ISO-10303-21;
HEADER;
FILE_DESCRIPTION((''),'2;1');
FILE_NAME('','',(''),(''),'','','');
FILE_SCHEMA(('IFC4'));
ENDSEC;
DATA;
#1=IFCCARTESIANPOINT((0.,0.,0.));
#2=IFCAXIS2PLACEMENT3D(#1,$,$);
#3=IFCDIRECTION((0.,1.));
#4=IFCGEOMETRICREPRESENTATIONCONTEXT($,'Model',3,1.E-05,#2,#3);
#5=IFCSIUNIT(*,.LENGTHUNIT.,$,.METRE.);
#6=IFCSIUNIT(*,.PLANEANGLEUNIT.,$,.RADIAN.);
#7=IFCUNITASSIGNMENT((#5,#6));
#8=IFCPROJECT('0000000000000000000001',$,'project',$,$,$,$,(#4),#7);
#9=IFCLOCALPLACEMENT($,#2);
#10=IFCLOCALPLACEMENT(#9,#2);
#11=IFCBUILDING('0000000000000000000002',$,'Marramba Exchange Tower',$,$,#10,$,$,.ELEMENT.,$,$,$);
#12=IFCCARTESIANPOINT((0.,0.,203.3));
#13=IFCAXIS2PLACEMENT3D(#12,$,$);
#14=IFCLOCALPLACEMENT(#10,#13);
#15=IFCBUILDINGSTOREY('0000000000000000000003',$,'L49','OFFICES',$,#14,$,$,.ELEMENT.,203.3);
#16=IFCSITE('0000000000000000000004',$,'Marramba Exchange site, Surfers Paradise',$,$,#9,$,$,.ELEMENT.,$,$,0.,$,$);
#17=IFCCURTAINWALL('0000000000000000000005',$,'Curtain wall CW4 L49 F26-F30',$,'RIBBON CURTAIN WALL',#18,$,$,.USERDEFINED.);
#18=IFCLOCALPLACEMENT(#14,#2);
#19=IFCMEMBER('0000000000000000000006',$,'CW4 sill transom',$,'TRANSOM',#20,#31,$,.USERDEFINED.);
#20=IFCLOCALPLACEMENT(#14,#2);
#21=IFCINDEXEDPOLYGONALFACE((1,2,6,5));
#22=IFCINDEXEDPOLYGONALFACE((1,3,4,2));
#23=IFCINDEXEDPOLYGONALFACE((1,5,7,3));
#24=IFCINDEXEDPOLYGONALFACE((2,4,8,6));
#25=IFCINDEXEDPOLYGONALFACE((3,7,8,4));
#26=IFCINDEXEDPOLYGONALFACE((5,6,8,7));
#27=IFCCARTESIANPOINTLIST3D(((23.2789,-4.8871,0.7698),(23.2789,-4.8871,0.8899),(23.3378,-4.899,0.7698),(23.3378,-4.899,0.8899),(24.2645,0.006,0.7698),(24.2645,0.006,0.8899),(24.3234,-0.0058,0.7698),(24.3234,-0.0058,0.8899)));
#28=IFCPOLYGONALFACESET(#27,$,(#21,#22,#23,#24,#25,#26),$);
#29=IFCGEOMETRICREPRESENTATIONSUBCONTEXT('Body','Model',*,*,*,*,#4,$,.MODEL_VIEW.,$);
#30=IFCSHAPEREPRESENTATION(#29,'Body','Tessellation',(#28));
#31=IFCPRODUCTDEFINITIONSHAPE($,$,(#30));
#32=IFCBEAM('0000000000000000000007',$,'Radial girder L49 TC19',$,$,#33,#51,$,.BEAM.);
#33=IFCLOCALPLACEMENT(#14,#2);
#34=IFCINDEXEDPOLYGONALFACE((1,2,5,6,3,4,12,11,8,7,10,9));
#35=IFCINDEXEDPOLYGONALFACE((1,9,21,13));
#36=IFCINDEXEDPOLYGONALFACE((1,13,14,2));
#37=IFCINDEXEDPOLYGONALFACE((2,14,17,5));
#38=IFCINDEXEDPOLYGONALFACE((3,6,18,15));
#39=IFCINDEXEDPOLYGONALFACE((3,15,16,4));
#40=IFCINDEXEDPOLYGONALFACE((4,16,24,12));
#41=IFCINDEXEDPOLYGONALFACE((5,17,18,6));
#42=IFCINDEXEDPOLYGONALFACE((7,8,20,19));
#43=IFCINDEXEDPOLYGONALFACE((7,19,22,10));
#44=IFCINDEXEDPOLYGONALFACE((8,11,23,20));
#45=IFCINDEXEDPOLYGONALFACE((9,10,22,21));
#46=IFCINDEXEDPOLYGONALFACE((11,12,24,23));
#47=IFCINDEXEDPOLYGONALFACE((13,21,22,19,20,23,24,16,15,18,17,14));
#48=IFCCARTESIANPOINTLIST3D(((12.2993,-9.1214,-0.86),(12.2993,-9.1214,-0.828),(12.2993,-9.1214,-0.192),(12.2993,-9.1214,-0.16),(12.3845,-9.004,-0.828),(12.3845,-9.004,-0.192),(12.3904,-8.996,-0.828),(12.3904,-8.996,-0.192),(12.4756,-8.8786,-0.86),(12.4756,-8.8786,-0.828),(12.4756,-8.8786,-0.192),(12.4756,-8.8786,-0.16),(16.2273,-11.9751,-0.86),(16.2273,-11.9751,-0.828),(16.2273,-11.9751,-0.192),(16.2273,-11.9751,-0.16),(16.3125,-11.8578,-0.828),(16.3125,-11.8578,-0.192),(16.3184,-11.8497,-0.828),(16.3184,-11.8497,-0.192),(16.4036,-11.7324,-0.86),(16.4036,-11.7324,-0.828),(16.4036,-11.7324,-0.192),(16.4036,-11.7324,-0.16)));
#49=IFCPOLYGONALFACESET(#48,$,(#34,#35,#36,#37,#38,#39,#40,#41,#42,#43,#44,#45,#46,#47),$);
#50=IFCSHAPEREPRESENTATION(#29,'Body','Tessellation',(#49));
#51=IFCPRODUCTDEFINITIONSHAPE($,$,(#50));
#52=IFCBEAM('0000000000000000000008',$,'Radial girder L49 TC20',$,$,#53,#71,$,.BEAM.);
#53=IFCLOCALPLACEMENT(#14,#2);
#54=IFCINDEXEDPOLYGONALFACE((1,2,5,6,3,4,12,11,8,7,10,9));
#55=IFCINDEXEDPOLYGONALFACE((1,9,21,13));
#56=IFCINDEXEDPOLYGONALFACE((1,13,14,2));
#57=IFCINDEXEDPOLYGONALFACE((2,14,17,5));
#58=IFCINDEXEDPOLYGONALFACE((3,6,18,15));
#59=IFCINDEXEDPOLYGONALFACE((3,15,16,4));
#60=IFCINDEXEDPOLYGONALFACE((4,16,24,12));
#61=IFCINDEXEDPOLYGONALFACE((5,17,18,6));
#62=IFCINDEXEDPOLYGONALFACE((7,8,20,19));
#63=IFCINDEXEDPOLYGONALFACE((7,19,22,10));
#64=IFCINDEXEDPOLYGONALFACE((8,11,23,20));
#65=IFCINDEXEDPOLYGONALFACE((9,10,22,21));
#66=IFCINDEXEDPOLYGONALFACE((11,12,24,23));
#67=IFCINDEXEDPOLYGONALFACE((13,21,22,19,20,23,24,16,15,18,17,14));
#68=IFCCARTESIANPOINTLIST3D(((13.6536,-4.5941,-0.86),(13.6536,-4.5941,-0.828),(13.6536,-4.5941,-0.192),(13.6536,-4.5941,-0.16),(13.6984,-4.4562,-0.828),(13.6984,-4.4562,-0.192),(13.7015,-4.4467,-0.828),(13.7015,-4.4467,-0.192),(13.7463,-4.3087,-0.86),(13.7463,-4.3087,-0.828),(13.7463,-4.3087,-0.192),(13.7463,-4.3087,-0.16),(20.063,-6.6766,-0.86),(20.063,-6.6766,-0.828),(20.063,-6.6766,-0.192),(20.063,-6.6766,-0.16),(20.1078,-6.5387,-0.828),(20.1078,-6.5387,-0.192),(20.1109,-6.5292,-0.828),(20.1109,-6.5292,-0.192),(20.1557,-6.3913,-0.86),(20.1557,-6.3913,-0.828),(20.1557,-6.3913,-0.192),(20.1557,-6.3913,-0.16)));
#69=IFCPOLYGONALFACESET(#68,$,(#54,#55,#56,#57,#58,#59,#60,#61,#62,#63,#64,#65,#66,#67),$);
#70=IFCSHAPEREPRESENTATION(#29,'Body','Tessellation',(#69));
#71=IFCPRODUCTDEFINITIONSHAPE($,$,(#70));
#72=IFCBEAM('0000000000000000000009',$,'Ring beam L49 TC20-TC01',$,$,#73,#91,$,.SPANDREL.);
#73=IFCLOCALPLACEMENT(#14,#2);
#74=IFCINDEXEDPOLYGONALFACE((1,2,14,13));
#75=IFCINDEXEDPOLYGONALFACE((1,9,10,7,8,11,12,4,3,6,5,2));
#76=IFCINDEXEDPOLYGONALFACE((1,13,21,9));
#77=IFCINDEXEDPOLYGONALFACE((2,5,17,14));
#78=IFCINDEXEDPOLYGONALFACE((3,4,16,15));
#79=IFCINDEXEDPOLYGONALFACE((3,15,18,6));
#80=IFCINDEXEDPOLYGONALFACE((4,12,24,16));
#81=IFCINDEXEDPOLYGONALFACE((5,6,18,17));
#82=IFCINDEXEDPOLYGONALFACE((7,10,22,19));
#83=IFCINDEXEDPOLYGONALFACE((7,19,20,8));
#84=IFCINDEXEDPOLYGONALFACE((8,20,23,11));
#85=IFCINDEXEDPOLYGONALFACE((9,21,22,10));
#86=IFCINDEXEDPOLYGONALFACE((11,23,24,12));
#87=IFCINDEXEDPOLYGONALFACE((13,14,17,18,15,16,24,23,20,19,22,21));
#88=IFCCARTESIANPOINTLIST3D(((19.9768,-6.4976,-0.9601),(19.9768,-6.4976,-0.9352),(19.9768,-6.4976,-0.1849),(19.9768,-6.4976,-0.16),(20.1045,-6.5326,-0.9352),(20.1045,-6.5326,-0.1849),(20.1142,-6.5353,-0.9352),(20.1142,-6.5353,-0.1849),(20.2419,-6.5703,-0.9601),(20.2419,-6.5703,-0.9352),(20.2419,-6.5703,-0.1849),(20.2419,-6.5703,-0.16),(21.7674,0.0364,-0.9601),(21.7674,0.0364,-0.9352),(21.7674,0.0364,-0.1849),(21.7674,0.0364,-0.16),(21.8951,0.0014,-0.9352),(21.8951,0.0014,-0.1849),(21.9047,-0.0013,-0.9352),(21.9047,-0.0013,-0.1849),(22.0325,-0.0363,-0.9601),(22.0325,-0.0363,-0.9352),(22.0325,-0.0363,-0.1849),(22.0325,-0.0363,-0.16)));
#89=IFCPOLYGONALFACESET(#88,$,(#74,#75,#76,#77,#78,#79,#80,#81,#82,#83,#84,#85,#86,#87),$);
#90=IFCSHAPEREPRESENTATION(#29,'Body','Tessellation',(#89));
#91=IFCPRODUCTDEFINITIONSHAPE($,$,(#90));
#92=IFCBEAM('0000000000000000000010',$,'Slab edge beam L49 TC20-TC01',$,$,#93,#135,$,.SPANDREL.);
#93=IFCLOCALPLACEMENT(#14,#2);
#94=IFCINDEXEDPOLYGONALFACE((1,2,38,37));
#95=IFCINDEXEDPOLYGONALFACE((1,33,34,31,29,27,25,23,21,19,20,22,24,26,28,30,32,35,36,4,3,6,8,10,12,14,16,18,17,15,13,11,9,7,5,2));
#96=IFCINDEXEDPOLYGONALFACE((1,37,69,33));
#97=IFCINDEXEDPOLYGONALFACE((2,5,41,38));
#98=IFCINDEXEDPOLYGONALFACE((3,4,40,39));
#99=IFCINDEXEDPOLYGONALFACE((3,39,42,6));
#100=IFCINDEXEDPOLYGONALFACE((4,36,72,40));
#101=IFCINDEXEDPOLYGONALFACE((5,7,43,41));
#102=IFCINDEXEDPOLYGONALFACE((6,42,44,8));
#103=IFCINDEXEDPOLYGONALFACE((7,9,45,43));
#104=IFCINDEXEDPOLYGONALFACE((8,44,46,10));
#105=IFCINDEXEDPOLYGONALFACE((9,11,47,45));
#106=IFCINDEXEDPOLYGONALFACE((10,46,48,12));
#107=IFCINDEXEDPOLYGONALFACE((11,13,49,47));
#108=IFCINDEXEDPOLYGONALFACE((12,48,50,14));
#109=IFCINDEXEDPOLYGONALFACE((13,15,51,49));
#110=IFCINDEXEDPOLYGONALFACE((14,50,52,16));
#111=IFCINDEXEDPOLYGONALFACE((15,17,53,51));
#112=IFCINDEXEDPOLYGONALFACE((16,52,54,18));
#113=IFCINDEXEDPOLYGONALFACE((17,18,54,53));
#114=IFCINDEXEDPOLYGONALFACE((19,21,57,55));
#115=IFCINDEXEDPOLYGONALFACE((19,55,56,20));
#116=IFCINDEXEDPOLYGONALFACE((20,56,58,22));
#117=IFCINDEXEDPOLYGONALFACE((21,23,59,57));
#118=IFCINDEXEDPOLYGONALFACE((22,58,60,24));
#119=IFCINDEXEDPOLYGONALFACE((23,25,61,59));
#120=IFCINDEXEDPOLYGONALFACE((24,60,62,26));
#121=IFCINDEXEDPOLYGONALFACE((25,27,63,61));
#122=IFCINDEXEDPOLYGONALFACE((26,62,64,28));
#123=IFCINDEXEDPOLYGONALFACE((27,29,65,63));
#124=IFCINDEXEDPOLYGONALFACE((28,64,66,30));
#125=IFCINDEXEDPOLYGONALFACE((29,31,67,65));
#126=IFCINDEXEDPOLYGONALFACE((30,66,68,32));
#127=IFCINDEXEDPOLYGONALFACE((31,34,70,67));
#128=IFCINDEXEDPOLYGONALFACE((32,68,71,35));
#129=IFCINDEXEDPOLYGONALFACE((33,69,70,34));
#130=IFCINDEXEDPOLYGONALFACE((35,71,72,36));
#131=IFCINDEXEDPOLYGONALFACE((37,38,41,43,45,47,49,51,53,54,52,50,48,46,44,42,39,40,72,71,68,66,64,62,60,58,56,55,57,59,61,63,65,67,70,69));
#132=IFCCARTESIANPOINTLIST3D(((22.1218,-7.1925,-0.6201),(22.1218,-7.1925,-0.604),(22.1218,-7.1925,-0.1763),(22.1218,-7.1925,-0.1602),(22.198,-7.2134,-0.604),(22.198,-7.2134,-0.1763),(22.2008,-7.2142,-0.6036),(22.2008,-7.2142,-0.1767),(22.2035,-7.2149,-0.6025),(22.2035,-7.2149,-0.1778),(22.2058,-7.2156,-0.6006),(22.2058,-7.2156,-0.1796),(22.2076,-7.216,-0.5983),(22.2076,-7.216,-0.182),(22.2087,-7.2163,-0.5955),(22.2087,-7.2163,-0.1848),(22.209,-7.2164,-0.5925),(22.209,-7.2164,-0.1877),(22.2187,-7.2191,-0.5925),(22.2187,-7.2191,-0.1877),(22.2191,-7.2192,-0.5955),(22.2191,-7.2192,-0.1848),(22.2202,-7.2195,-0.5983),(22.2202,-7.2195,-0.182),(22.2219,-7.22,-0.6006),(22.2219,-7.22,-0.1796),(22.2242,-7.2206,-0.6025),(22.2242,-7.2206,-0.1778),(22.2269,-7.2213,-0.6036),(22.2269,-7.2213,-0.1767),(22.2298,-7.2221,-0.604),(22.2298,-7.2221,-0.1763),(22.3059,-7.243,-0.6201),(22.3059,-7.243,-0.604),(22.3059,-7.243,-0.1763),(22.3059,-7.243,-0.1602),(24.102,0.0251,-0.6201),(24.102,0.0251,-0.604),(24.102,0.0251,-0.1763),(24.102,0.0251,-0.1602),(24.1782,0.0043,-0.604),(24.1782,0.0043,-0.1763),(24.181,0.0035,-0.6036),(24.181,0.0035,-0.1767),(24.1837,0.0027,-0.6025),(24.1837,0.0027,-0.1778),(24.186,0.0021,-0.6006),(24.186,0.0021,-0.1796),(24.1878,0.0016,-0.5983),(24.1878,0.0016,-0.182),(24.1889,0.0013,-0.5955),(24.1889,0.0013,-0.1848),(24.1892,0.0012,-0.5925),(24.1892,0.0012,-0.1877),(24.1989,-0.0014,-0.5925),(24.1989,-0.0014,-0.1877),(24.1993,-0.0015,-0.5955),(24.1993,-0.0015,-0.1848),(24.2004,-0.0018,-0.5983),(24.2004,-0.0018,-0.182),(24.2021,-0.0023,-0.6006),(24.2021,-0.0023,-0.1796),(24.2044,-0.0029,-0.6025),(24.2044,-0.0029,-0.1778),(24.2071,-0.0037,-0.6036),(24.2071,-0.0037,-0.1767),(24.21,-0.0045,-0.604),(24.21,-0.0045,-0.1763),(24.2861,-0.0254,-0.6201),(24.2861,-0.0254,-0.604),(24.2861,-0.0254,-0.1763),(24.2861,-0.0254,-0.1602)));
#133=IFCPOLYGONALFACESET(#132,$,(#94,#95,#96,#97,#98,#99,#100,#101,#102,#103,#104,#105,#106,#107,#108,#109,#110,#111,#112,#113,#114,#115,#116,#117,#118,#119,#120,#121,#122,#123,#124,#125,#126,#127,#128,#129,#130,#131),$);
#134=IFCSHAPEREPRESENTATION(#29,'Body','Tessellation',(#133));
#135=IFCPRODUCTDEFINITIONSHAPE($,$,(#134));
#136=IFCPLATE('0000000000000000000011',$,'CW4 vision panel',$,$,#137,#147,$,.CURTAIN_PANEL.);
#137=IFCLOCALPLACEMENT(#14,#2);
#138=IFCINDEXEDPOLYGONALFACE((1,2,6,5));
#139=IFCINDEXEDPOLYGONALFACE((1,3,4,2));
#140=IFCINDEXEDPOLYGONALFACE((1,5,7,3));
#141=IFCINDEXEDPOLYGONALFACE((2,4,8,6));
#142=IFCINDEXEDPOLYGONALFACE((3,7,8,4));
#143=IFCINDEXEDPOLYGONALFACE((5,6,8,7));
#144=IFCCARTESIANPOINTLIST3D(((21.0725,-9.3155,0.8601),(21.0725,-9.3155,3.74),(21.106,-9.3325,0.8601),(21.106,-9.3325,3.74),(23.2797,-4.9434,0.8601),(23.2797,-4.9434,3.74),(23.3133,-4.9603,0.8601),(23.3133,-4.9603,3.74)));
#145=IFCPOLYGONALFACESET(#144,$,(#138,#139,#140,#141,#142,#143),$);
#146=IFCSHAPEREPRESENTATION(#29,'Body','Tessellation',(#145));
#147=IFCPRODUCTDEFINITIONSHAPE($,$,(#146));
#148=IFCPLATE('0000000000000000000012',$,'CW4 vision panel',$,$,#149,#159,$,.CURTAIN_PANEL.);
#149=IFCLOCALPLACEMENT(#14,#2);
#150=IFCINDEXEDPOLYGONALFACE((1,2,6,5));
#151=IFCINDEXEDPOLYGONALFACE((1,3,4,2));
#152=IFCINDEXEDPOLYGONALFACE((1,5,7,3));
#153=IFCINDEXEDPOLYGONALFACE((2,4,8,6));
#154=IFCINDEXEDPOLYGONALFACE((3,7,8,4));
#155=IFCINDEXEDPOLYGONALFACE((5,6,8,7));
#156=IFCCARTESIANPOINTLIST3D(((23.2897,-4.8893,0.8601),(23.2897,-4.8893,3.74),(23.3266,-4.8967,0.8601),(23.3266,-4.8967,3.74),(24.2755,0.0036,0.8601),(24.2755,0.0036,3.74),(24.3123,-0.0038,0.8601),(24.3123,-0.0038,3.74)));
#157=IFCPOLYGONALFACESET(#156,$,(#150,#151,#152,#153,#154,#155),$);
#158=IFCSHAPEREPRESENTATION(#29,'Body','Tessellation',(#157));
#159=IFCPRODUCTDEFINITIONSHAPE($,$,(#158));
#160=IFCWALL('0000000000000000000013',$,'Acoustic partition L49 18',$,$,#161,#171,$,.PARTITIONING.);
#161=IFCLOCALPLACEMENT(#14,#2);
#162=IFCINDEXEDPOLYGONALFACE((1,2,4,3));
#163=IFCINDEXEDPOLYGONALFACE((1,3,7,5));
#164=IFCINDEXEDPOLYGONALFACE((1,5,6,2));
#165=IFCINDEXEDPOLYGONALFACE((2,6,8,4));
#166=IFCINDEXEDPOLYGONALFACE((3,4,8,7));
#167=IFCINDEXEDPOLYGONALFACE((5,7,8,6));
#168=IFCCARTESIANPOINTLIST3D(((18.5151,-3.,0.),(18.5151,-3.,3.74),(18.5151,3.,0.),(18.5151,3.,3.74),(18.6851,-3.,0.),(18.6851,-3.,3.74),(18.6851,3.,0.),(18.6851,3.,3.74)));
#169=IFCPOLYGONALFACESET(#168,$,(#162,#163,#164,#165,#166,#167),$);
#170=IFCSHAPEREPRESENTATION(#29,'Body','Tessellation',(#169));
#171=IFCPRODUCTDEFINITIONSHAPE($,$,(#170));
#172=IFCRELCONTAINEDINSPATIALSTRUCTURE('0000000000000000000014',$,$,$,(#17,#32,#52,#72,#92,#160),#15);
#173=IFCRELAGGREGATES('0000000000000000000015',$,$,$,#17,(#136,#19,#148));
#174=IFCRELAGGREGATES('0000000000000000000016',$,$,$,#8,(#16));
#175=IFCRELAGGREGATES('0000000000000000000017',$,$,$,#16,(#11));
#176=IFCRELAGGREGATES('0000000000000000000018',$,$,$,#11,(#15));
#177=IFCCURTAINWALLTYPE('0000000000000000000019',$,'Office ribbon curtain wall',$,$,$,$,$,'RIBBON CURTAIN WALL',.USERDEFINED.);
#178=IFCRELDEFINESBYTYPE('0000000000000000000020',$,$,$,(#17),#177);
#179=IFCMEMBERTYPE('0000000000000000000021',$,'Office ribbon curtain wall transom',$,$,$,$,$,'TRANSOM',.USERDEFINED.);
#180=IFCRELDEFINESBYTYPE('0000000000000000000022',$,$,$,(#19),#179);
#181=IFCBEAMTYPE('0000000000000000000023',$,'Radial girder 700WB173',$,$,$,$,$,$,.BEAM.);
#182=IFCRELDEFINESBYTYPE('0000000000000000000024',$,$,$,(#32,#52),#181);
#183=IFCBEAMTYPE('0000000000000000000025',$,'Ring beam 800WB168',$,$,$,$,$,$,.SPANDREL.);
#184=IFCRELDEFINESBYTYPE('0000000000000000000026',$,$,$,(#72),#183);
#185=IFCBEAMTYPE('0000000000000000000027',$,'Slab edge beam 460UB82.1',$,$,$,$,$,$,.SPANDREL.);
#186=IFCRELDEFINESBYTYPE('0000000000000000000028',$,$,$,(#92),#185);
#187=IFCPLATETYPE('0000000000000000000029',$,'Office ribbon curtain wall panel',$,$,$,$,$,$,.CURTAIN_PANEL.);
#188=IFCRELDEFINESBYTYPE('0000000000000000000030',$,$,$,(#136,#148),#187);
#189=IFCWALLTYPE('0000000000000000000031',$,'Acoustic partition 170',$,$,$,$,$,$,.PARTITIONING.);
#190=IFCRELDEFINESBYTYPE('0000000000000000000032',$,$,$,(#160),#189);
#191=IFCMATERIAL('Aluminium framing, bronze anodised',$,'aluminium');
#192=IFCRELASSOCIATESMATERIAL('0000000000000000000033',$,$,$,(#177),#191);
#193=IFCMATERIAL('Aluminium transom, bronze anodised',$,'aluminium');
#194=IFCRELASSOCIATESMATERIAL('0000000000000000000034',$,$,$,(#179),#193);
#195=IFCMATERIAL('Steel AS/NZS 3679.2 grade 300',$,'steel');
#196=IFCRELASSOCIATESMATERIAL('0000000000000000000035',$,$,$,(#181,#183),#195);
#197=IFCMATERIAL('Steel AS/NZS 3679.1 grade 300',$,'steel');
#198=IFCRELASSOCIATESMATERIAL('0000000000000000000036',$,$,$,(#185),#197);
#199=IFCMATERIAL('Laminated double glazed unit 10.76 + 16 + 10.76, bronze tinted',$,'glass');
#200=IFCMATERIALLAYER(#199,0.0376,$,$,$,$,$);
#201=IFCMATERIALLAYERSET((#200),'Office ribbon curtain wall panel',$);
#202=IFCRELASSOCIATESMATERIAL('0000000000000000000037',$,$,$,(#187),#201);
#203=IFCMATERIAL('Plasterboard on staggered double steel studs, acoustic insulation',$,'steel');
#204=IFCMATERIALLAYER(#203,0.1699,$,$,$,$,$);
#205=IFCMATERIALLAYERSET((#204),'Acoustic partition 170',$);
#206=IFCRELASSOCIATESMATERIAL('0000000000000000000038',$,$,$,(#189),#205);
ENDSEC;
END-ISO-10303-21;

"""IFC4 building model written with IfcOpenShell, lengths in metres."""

from ifc_helpers import new_model, si_unit, direction, frame, frame_2d, origin, origin_2d, place, context, subcontext, project, spatial, rectangle, i_section, extrude, material, layer, layer_set, material_profile, profile_set, type_object, element, aggregate, save


model = new_model("IFC4")

# Units and contexts
model_context = context("Model", 3, precision=1e-05, world=origin(), true_north=direction((0.0, 1.0)))
body_context = subcontext(model_context, "Body", "Model", "MODEL_VIEW")
ifc_project = project(units=[si_unit("LENGTHUNIT", "METRE"), si_unit("PLANEANGLEUNIT", "RADIAN")], contexts=[model_context])

# Site, building, storey
site_placement = place(None, origin())
site = spatial("IfcSite", under=ifc_project, at=site_placement, Name="Marramba Exchange site, Surfers Paradise", CompositionType="ELEMENT", RefElevation=0.0)
building_placement = place(site_placement, origin())
building = spatial("IfcBuilding", under=site, at=building_placement, Name="Marramba Exchange Tower", CompositionType="ELEMENT")
storey_placement = place(building_placement, frame((0.0, 0.0, 203.3)))
storey = spatial("IfcBuildingStorey", under=building, at=storey_placement, Name="L49", Description="OFFICES", CompositionType="ELEMENT", Elevation=203.3)

# Shared definitions
ifc_material_1 = material(Name="Steel AS/NZS 3679.2 grade 300", Category="steel")
ifc_material_2 = material(Name="Steel AS/NZS 3679.1 grade 300", Category="steel")

# Curtain wall, member
ifc_material_3 = material(Name="Aluminium framing, bronze anodised", Category="aluminium")
curtain_wall_type = type_object("IfcCurtainWallType", Name="Office ribbon curtain wall", ElementType="RIBBON CURTAIN WALL", PredefinedType="USERDEFINED", material=ifc_material_3)
curtain_wall_placement = place(storey_placement, origin())
curtain_wall = element("IfcCurtainWall", 1, at=curtain_wall_placement, inside=storey, type_object=curtain_wall_type, Name="Curtain wall CW4 L49 F26-F30", ObjectType="RIBBON CURTAIN WALL", PredefinedType="USERDEFINED")
ifc_material_4 = material(Name="Aluminium transom, bronze anodised", Category="aluminium")
ifc_material_profile_1 = material_profile(ifc_material_4, rectangle(XDim=0.0601, YDim=0.1201, at=origin_2d()), Name="CW4 transom 60x120")
ifc_profile_set_1 = profile_set([ifc_material_profile_1], Name="Aluminium transom, bronze anodised")
member_type_1 = type_object("IfcMemberType", Name="Office ribbon curtain wall transom", ElementType="TRANSOM", PredefinedType="USERDEFINED", material=ifc_profile_set_1)
member_1_placement = place(storey_placement, frame((23.3083, -4.8931, 0.8298), z_axis=(0.197461, 0.980311, 0.0), x_axis=(-0.980311, 0.197461, 0.0)))
member_1 = element("IfcMember", 2, at=member_1_placement, type_object=member_type_1, Name="CW4 sill transom", ObjectType="TRANSOM", PredefinedType="USERDEFINED", context=body_context, shape_type="SweptSolid", body=[
    extrude(rectangle(XDim=0.0601, YDim=0.1201, at=origin_2d()), origin(), (0.0, 0.0, 1.0), 4.9915),
])

# Beams
ifc_material_profile_2 = material_profile(ifc_material_1, i_section(OverallWidth=0.3, OverallDepth=0.7, WebThickness=0.01, FlangeThickness=0.032, at=origin_2d()), Name="700WB173")
ifc_profile_set_2 = profile_set([ifc_material_profile_2], Name="Steel AS/NZS 3679.2 grade 300")
beam_type_1 = type_object("IfcBeamType", Name="Radial girder 700WB173", PredefinedType="BEAM", material=ifc_profile_set_2)
beam_1_placement = place(storey_placement, frame((12.3875, -9.0, -0.51), z_axis=(0.809025, -0.587774, 0.0), x_axis=(0.587774, 0.809025, 0.0)))
element("IfcBeam", 3, at=beam_1_placement, inside=storey, type_object=beam_type_1, Name="Radial girder L49 TC19", PredefinedType="BEAM", context=body_context, shape_type="SweptSolid", body=[
    extrude(i_section(OverallWidth=0.3, OverallDepth=0.7, WebThickness=0.01, FlangeThickness=0.032, at=origin_2d()), origin(), (0.0, 0.0, 1.0), 4.8552),
])
beam_2_placement = place(storey_placement, frame((13.7, -4.4514, -0.51), z_axis=(0.951058, -0.309013, 0.0), x_axis=(0.309013, 0.951058, 0.0)))
element("IfcBeam", 4, at=beam_2_placement, inside=storey, type_object=beam_type_1, Name="Radial girder L49 TC20", PredefinedType="BEAM", context=body_context, shape_type="SweptSolid", body=[
    extrude(i_section(OverallWidth=0.3, OverallDepth=0.7, WebThickness=0.01, FlangeThickness=0.032, at=origin_2d()), origin(), (0.0, 0.0, 1.0), 6.7393),
])
ifc_material_profile_3 = material_profile(ifc_material_1, i_section(OverallWidth=0.2749, OverallDepth=0.8, WebThickness=0.01, FlangeThickness=0.0249, at=origin_2d()), Name="800WB168")
ifc_profile_set_3 = profile_set([ifc_material_profile_3], Name="Steel AS/NZS 3679.2 grade 300")
beam_type_2 = type_object("IfcBeamType", Name="Ring beam 800WB168", PredefinedType="SPANDREL", material=ifc_profile_set_3)
beam_3_placement = place(storey_placement, frame((20.1094, -6.5339, -0.5601), z_axis=(0.264291, 0.964443, 0.0), x_axis=(-0.964443, 0.264291, 0.0)))
element("IfcBeam", 5, at=beam_3_placement, inside=storey, type_object=beam_type_2, Name="Ring beam L49 TC20-TC01", PredefinedType="SPANDREL", context=body_context, shape_type="SweptSolid", body=[
    extrude(i_section(OverallWidth=0.2749, OverallDepth=0.8, WebThickness=0.01, FlangeThickness=0.0249, at=origin_2d()), origin(), (0.0, 0.0, 1.0), 6.7749),
])
ifc_material_profile_4 = material_profile(ifc_material_2, i_section(OverallWidth=0.1909, OverallDepth=0.46, WebThickness=0.01, FlangeThickness=0.0161, FilletRadius=0.0115, at=origin_2d()), Name="460UB82.1")
ifc_profile_set_4 = profile_set([ifc_material_profile_4], Name="Steel AS/NZS 3679.1 grade 300")
beam_type_3 = type_object("IfcBeamType", Name="Slab edge beam 460UB82.1", PredefinedType="SPANDREL", material=ifc_profile_set_4)
beam_4_placement = place(storey_placement, frame((22.2139, -7.2178, -0.3901), z_axis=(0.264577, 0.964365, 0.0), x_axis=(-0.964365, 0.264577, 0.0)))
element("IfcBeam", 6, at=beam_4_placement, inside=storey, type_object=beam_type_3, Name="Slab edge beam L49 TC20-TC01", PredefinedType="SPANDREL", context=body_context, shape_type="SweptSolid", body=[
    extrude(i_section(OverallWidth=0.1909, OverallDepth=0.46, WebThickness=0.01, FlangeThickness=0.0161, FilletRadius=0.0115, at=origin_2d()), origin(), (0.0, 0.0, 1.0), 7.4844),
])

# Plates
ifc_material_5 = material(Name="Laminated double glazed unit 10.76 + 16 + 10.76, bronze tinted", Category="glass")
ifc_layer_1 = layer(ifc_material_5, 0.0376)
ifc_layer_set_1 = layer_set([ifc_layer_1], Name="Office ribbon curtain wall panel")
plate_type = type_object("IfcPlateType", Name="Office ribbon curtain wall panel", PredefinedType="CURTAIN_PANEL", material=ifc_layer_set_1)
plate_1_placement = place(storey_placement, frame((22.1929, -7.1379, 0.8601), z_axis=(0.0, 0.0, 1.0), x_axis=(0.450673, 0.892689, 0.0)))
plate_1 = element("IfcPlate", 7, at=plate_1_placement, type_object=plate_type, Name="CW4 vision panel", PredefinedType="CURTAIN_PANEL", context=body_context, shape_type="SweptSolid", body=[
    extrude(rectangle(XDim=4.8977, YDim=0.0376, at=origin_2d()), origin(), (0.0, 0.0, 1.0), 2.8799),
])
plate_2_placement = place(storey_placement, frame((23.801, -2.4465, 0.8601), z_axis=(0.0, 0.0, 1.0), x_axis=(0.197495, 0.980304, 0.0)))
plate_2 = element("IfcPlate", 8, at=plate_2_placement, type_object=plate_type, Name="CW4 vision panel", PredefinedType="CURTAIN_PANEL", context=body_context, shape_type="SweptSolid", body=[
    extrude(rectangle(XDim=4.9912, YDim=0.0376, at=origin_2d()), origin(), (0.0, 0.0, 1.0), 2.8799),
])
aggregate(curtain_wall, [plate_1, member_1, plate_2])

# Shared definitions
ifc_material_6 = material(Name="Plasterboard on staggered double steel studs, acoustic insulation", Category="steel")
ifc_layer_2 = layer(ifc_material_6, 0.1699)
ifc_layer_set_2 = layer_set([ifc_layer_2], Name="Acoustic partition 170")
wall_type_1 = type_object("IfcWallType", Name="Acoustic partition 170", PredefinedType="PARTITIONING", material=ifc_layer_set_2)

# Wall
wall_1_placement = place(storey_placement, frame((18.6001, -3.0, 0.0), z_axis=(0.0, 0.0, 1.0), x_axis=(0.0, 1.0, 0.0)))
element("IfcWall", 9, at=wall_1_placement, inside=storey, type_object=wall_type_1, Name="Acoustic partition L49 18", PredefinedType="PARTITIONING", context=body_context, shape_type="SweptSolid", body=[
    extrude(rectangle(XDim=6.0, YDim=0.1699, at=frame_2d((3.0, 0.0))), origin(), (0.0, 0.0, 1.0), 3.74),
])

save(model, "model.ifc")
